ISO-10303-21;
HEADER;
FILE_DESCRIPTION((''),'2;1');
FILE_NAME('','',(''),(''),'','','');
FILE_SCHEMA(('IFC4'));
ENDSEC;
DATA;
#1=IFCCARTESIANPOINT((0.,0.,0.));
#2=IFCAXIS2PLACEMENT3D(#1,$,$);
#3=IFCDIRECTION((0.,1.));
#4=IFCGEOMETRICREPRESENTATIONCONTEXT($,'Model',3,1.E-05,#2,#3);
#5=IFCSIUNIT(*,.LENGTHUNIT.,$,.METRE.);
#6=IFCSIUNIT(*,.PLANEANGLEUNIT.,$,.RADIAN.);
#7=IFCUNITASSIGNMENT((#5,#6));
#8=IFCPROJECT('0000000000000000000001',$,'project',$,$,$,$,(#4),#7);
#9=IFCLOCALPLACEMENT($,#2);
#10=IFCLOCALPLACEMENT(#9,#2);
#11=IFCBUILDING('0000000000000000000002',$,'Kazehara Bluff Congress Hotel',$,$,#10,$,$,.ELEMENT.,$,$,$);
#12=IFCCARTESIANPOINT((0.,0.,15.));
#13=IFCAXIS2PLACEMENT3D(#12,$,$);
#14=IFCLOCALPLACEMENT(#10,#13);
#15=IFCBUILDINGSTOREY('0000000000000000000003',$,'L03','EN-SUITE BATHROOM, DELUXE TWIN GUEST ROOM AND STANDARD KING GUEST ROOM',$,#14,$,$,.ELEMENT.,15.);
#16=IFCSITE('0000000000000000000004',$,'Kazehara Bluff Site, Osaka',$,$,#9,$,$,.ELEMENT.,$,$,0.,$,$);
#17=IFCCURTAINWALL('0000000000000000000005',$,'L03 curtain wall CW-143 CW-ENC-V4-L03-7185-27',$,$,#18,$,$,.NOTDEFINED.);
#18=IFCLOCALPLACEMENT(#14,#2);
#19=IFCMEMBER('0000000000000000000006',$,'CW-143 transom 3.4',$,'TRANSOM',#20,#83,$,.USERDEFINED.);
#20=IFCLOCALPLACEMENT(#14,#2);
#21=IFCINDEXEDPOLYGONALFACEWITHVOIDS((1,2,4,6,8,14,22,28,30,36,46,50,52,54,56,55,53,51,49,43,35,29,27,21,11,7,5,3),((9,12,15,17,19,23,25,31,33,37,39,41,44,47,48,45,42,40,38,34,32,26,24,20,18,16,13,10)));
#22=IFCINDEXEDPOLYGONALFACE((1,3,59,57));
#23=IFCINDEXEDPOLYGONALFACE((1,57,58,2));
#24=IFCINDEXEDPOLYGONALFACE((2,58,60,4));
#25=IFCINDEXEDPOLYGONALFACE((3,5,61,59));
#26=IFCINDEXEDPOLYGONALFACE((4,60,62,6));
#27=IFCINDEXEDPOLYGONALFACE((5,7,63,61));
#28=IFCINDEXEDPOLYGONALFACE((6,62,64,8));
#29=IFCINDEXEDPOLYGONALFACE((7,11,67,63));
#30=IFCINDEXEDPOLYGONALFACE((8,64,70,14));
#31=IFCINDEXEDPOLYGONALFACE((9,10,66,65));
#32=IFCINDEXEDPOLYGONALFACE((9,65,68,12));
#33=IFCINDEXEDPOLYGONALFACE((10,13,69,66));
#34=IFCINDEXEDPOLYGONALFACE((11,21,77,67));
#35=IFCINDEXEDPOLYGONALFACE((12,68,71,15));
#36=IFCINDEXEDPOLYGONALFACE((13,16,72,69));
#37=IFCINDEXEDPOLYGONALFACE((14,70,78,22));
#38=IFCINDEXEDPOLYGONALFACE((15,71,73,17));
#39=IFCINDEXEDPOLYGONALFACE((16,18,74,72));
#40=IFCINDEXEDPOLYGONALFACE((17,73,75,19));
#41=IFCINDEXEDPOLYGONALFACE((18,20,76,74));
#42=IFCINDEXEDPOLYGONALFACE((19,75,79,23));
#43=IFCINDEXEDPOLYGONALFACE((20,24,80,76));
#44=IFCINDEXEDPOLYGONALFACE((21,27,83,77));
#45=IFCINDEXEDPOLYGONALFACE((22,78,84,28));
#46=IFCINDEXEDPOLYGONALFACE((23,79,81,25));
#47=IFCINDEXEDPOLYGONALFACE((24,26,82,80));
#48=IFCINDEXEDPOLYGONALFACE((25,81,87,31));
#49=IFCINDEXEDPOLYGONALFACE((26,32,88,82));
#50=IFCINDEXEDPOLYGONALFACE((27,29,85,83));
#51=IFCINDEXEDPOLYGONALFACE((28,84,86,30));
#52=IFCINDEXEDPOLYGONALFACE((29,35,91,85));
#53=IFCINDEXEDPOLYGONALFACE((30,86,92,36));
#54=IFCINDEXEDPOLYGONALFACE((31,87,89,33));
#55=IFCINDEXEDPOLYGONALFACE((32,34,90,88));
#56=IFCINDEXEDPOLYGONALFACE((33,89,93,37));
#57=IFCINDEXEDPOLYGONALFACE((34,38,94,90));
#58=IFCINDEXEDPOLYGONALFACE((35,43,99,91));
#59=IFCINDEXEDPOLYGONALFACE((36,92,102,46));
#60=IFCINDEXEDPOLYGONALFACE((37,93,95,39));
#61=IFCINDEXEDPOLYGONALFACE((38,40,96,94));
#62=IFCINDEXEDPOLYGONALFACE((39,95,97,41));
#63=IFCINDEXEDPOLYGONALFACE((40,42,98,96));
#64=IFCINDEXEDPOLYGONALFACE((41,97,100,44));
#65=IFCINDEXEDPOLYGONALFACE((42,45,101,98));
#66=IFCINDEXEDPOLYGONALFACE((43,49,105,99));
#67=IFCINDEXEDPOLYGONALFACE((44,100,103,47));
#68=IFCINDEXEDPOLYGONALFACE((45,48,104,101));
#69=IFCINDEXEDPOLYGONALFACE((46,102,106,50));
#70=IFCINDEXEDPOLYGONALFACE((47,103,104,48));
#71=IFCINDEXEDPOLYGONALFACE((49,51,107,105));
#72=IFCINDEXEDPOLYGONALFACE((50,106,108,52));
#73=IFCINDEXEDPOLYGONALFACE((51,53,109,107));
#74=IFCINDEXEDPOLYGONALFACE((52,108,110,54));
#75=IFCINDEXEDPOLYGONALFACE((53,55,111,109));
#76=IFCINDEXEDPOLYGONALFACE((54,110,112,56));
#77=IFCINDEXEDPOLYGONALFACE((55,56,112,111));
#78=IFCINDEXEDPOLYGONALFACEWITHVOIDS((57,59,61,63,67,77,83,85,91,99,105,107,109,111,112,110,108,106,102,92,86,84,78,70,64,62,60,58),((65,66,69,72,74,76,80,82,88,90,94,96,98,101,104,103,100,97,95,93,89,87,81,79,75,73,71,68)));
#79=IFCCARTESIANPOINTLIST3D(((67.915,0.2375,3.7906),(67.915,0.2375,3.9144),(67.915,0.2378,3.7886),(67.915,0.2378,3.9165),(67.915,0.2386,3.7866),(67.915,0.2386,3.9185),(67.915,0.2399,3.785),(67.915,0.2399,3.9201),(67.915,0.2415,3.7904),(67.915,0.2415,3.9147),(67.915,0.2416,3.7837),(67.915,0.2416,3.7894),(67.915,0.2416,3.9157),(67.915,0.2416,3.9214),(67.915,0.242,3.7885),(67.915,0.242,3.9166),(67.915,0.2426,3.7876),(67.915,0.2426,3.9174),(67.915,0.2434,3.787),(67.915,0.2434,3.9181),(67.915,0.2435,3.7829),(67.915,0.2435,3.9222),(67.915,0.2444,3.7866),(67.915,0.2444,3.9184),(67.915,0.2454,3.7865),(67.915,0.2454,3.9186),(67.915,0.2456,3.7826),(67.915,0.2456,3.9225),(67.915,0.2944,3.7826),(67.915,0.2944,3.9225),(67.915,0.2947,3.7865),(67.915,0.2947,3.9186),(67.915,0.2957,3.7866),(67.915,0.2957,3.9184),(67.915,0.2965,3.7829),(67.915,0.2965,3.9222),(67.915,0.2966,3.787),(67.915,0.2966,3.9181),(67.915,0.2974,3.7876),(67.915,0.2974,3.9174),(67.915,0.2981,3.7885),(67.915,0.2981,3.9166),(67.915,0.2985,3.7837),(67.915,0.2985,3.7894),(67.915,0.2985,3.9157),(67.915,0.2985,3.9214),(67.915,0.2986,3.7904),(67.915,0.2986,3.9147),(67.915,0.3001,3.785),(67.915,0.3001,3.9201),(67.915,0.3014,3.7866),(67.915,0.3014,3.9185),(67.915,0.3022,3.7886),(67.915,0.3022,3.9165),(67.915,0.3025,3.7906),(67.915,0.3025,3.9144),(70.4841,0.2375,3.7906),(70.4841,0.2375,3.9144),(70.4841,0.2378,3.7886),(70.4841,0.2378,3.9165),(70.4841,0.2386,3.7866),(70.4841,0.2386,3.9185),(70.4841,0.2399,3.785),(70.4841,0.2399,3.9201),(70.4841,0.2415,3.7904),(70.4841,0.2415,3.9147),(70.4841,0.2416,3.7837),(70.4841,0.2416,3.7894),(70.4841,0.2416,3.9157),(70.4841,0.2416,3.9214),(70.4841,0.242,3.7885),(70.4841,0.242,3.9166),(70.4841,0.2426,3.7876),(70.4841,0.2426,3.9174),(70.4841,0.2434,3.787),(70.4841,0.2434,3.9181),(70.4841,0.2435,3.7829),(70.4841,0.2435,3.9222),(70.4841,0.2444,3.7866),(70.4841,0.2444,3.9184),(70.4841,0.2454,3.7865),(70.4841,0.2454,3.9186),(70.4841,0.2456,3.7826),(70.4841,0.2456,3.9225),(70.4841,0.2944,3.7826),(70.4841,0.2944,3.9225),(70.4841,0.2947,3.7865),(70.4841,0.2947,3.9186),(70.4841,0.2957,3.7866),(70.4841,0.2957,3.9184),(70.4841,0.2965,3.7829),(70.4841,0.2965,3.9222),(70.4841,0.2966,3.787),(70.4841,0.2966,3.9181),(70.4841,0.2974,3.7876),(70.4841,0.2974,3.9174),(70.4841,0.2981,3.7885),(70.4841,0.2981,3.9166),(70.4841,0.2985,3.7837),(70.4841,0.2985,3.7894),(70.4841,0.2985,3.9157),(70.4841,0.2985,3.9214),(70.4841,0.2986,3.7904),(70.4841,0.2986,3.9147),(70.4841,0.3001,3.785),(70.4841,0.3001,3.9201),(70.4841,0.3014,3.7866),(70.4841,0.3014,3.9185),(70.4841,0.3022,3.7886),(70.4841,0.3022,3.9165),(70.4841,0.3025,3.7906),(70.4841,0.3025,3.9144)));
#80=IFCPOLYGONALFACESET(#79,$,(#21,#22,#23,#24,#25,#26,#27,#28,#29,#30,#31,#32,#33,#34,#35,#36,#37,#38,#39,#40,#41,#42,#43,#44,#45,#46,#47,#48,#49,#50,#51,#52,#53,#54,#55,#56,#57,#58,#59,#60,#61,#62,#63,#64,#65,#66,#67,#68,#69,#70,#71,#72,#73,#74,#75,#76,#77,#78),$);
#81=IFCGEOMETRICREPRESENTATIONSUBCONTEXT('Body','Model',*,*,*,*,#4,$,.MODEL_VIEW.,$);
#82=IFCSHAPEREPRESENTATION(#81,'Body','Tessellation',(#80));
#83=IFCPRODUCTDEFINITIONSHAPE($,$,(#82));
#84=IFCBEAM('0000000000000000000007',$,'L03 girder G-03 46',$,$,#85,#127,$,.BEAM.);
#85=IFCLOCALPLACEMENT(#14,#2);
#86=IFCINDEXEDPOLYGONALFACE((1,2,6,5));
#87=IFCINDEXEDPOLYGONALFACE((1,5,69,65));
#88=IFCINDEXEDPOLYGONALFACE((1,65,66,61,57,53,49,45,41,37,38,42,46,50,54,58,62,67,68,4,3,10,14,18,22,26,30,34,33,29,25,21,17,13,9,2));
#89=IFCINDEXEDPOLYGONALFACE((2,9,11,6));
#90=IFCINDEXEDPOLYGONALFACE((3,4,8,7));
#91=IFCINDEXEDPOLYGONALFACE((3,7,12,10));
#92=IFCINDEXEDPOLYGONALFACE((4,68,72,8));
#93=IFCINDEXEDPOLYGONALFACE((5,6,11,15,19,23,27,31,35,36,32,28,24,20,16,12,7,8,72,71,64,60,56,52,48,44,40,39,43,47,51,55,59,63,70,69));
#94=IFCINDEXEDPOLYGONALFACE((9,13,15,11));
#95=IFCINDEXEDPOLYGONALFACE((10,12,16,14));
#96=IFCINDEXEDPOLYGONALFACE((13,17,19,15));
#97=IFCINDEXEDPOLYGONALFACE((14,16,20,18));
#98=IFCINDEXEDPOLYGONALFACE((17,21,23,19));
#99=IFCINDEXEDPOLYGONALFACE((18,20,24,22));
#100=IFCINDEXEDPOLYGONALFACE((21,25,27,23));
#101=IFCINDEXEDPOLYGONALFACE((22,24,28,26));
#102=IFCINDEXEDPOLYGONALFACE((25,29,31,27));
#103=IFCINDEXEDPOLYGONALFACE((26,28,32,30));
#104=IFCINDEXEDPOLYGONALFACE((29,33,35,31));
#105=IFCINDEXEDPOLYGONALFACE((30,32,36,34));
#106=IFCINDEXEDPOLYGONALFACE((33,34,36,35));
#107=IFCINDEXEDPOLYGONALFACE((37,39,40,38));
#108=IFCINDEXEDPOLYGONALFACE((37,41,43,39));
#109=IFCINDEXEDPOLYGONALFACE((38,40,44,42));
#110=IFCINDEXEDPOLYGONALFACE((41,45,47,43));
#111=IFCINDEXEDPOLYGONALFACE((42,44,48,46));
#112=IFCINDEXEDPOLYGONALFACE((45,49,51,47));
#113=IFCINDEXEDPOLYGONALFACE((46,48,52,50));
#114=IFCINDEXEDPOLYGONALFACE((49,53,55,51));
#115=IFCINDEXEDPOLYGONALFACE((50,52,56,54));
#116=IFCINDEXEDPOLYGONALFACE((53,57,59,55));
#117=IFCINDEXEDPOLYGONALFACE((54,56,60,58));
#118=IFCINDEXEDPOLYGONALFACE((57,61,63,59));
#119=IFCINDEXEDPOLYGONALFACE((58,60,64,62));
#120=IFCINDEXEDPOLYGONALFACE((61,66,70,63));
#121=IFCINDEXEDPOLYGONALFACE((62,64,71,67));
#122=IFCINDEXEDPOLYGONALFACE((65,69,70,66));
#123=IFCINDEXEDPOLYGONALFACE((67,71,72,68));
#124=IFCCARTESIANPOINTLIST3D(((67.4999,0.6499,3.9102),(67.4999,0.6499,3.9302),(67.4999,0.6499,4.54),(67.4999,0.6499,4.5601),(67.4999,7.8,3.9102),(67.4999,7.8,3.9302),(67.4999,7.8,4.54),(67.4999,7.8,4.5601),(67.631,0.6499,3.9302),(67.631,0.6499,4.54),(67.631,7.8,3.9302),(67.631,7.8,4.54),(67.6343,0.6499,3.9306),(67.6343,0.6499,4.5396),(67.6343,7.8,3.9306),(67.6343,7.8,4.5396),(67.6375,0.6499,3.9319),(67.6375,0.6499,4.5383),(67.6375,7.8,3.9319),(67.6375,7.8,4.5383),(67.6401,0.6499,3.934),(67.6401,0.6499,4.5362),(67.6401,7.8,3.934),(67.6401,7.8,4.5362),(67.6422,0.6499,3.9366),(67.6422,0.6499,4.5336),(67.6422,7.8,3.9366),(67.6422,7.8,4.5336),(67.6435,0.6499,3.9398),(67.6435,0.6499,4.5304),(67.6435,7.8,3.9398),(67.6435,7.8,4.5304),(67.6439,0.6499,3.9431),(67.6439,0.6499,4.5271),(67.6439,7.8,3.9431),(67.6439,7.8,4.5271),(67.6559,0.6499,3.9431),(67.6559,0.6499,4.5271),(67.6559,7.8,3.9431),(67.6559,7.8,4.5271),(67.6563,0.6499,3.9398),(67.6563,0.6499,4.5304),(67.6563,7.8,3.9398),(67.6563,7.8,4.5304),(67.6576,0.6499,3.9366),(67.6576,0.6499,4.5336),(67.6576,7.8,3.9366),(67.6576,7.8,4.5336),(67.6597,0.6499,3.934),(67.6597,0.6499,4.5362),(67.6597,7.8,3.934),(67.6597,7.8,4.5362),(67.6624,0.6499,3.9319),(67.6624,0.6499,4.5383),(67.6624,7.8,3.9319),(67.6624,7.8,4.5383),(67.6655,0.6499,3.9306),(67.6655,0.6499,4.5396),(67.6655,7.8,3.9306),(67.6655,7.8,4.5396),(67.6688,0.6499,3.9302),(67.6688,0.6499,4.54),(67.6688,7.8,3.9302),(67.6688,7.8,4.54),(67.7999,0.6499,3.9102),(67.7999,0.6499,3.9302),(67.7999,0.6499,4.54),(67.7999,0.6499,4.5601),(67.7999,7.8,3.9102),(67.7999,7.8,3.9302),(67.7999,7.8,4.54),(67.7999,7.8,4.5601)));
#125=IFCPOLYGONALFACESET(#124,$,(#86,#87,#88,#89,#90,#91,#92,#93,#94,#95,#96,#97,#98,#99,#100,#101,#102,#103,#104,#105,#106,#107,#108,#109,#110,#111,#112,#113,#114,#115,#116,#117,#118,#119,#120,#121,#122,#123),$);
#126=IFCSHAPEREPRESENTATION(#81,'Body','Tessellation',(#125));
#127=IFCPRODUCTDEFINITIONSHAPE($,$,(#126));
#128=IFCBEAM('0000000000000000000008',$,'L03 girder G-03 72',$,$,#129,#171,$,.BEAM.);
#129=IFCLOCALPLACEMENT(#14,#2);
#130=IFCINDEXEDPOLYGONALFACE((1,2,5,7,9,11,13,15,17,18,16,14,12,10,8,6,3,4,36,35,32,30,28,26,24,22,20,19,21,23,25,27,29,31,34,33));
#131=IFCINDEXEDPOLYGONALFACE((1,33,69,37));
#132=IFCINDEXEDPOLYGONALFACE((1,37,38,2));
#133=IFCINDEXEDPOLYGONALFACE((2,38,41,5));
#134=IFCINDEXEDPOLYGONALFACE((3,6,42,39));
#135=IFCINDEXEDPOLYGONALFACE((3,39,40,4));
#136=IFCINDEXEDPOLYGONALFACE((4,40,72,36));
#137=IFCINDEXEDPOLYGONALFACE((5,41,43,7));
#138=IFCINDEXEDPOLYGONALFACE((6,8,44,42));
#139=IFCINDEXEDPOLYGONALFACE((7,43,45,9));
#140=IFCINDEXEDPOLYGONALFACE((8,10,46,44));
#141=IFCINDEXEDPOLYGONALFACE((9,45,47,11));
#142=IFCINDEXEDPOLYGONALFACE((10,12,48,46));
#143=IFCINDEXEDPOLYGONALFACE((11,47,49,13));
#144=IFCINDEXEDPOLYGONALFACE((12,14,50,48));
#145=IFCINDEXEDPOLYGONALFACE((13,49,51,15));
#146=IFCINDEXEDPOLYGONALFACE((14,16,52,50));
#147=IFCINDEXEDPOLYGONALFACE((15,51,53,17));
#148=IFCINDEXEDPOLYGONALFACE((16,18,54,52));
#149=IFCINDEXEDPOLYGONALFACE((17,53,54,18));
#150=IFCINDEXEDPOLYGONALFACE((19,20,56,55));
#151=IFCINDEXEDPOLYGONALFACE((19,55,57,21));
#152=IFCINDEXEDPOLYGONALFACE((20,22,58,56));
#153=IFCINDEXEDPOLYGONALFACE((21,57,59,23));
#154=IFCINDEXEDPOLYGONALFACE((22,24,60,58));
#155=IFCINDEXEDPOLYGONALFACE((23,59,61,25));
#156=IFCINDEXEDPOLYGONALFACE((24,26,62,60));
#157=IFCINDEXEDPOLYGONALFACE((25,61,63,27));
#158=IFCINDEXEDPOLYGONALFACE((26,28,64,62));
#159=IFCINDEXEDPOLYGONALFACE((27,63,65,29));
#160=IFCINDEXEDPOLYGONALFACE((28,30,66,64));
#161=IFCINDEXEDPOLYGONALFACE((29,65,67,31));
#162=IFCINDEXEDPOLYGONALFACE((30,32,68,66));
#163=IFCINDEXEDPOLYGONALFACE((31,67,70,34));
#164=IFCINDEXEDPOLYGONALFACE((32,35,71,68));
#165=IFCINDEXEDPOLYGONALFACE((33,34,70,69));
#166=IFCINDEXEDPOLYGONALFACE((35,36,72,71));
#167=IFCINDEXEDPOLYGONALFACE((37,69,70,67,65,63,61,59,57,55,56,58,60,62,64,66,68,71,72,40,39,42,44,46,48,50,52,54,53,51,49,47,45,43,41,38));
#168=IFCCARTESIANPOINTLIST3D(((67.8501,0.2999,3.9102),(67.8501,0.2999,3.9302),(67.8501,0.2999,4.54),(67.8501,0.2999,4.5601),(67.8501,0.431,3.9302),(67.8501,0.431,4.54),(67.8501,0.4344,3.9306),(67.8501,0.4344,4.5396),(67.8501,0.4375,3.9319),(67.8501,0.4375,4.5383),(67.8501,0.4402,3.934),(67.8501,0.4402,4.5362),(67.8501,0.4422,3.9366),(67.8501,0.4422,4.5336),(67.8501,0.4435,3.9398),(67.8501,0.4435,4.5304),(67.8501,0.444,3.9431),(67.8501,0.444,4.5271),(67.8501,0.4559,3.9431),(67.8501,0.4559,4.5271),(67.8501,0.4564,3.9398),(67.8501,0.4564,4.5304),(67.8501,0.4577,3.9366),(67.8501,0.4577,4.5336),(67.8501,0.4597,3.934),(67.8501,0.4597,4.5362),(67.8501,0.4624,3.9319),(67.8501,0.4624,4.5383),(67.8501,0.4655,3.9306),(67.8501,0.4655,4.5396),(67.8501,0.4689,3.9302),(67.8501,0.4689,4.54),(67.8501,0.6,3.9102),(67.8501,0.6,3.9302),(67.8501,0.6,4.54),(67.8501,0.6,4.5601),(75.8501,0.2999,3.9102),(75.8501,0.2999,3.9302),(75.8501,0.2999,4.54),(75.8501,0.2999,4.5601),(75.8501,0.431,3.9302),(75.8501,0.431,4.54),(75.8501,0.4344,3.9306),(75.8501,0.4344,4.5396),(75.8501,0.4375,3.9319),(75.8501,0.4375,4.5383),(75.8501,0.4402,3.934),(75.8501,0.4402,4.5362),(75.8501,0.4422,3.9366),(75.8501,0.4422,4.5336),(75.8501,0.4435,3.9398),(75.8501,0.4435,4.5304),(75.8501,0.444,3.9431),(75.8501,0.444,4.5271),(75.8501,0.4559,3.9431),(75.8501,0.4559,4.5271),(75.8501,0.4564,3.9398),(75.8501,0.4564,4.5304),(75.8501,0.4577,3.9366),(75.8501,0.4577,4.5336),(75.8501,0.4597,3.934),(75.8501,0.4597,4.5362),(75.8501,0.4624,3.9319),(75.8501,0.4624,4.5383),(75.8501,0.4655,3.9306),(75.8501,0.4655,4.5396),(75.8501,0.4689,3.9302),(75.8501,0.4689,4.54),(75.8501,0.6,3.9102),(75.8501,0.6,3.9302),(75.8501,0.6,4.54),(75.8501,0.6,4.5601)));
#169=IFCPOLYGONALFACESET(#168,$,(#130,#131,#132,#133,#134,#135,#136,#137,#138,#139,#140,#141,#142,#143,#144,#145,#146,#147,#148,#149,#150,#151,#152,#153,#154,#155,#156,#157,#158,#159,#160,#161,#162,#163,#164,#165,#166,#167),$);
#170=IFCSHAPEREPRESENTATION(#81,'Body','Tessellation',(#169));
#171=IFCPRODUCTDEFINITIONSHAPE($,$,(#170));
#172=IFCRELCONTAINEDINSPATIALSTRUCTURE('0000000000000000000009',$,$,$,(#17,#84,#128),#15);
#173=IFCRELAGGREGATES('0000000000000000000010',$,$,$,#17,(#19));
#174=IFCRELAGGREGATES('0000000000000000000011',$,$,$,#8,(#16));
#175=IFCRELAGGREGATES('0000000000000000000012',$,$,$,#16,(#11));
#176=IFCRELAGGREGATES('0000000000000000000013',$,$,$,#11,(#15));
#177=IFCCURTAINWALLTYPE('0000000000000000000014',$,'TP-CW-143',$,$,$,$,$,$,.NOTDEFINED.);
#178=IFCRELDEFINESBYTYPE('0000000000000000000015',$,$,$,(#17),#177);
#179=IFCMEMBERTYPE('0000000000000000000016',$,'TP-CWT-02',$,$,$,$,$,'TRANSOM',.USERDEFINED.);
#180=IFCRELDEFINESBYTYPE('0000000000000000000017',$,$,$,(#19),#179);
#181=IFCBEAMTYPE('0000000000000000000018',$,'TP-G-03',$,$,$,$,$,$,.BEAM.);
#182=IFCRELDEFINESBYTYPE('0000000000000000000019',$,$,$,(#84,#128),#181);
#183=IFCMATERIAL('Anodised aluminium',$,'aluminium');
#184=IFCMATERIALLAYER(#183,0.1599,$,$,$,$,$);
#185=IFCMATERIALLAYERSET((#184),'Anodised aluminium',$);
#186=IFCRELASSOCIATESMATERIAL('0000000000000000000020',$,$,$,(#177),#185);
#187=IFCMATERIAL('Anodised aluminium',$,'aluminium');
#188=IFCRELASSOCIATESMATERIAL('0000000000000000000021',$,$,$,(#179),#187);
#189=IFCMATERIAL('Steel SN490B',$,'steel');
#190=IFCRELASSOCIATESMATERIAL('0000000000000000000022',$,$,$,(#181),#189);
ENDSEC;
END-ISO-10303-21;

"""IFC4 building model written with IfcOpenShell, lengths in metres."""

from ifc_helpers import new_model, si_unit, direction, frame, origin, origin_2d, place, context, subcontext, project, spatial, hollow_rectangle, i_section, extrude, material, layer, layer_set, material_profile, profile_set, type_object, element, aggregate, save


model = new_model("IFC4")

# Units and contexts
model_context = context("Model", 3, precision=1e-05, world=origin(), true_north=direction((0.0, 1.0)))
body_context = subcontext(model_context, "Body", "Model", "MODEL_VIEW")
ifc_project = project(units=[si_unit("LENGTHUNIT", "METRE"), si_unit("PLANEANGLEUNIT", "RADIAN")], contexts=[model_context])

# Site, building, storey
site_placement = place(None, origin())
site = spatial("IfcSite", under=ifc_project, at=site_placement, Name="Kazehara Bluff Site, Osaka", CompositionType="ELEMENT", RefElevation=0.0)
building_placement = place(site_placement, origin())
building = spatial("IfcBuilding", under=site, at=building_placement, Name="Kazehara Bluff Congress Hotel", CompositionType="ELEMENT")
storey_placement = place(building_placement, frame((0.0, 0.0, 15.0)))
storey = spatial("IfcBuildingStorey", under=building, at=storey_placement, Name="L03", Description="EN-SUITE BATHROOM, DELUXE TWIN GUEST ROOM AND STANDARD KING GUEST ROOM", CompositionType="ELEMENT", Elevation=15.0)

# Curtain wall
ifc_material_1 = material(Name="Anodised aluminium", Category="aluminium")
ifc_layer_1 = layer(ifc_material_1, 0.1599)
ifc_layer_set_1 = layer_set([ifc_layer_1], Name="Anodised aluminium")
curtain_wall_type_1 = type_object("IfcCurtainWallType", Name="TP-CW-143", PredefinedType="NOTDEFINED", material=ifc_layer_set_1)
curtain_wall_1_placement = place(storey_placement, origin())
curtain_wall_1 = element("IfcCurtainWall", 1, at=curtain_wall_1_placement, inside=storey, type_object=curtain_wall_type_1, Name="L03 curtain wall CW-143 CW-ENC-V4-L03-7185-27", PredefinedType="NOTDEFINED")

# Member
ifc_material_2 = material(Name="Anodised aluminium", Category="aluminium")
ifc_material_profile_1 = material_profile(ifc_material_2, hollow_rectangle(XDim=0.0649, YDim=0.1399, WallThickness=0.0039, InnerFilletRadius=0.0039, OuterFilletRadius=0.0081, at=origin_2d()))
ifc_profile_set_1 = profile_set([ifc_material_profile_1], Name="Anodised aluminium")
member_type_1 = type_object("IfcMemberType", Name="TP-CWT-02", ElementType="TRANSOM", PredefinedType="USERDEFINED", material=ifc_profile_set_1)
member_1_placement = place(storey_placement, frame((70.4841, 0.27, 3.8525), z_axis=(-1.0, 0.0, 0.0), x_axis=(0.0, -1.0, 0.0)))
member_1 = element("IfcMember", 2, at=member_1_placement, type_object=member_type_1, Name="CW-143 transom 3.4", ObjectType="TRANSOM", PredefinedType="USERDEFINED", context=body_context, shape_type="SweptSolid", body=[
    extrude(hollow_rectangle(XDim=0.0649, YDim=0.1399, WallThickness=0.0039, InnerFilletRadius=0.0039, OuterFilletRadius=0.0081, at=origin_2d()), origin(), (0.0, 0.0, 1.0), 2.5691),
])

# Beams
ifc_material_3 = material(Name="Steel SN490B", Category="steel")
ifc_material_profile_2 = material_profile(ifc_material_3, i_section(OverallWidth=0.3, OverallDepth=0.6499, WebThickness=0.012, FlangeThickness=0.02, FilletRadius=0.0129, at=origin_2d()))
ifc_profile_set_2 = profile_set([ifc_material_profile_2], Name="Steel SN490B")
beam_type_1 = type_object("IfcBeamType", Name="TP-G-03", PredefinedType="BEAM", material=ifc_profile_set_2)
beam_1_placement = place(storey_placement, frame((67.6499, 0.6499, 4.2351), z_axis=(0.0, 1.0, 0.0), x_axis=(-1.0, 0.0, 0.0)))
element("IfcBeam", 3, at=beam_1_placement, inside=storey, type_object=beam_type_1, Name="L03 girder G-03 46", PredefinedType="BEAM", context=body_context, shape_type="SweptSolid", body=[
    extrude(i_section(OverallWidth=0.3, OverallDepth=0.6499, WebThickness=0.012, FlangeThickness=0.02, FilletRadius=0.0129, at=origin_2d()), origin(), (0.0, 0.0, 1.0), 7.1501),
])
beam_2_placement = place(storey_placement, frame((67.8501, 0.45, 4.2351), z_axis=(1.0, 0.0, 0.0), x_axis=(0.0, 1.0, 0.0)))
element("IfcBeam", 4, at=beam_2_placement, inside=storey, type_object=beam_type_1, Name="L03 girder G-03 72", PredefinedType="BEAM", context=body_context, shape_type="SweptSolid", body=[
    extrude(i_section(OverallWidth=0.3, OverallDepth=0.6499, WebThickness=0.012, FlangeThickness=0.02, FilletRadius=0.0129, at=origin_2d()), origin(), (0.0, 0.0, 1.0), 8.0),
])

aggregate(curtain_wall_1, [member_1])

save(model, "model.ifc")
